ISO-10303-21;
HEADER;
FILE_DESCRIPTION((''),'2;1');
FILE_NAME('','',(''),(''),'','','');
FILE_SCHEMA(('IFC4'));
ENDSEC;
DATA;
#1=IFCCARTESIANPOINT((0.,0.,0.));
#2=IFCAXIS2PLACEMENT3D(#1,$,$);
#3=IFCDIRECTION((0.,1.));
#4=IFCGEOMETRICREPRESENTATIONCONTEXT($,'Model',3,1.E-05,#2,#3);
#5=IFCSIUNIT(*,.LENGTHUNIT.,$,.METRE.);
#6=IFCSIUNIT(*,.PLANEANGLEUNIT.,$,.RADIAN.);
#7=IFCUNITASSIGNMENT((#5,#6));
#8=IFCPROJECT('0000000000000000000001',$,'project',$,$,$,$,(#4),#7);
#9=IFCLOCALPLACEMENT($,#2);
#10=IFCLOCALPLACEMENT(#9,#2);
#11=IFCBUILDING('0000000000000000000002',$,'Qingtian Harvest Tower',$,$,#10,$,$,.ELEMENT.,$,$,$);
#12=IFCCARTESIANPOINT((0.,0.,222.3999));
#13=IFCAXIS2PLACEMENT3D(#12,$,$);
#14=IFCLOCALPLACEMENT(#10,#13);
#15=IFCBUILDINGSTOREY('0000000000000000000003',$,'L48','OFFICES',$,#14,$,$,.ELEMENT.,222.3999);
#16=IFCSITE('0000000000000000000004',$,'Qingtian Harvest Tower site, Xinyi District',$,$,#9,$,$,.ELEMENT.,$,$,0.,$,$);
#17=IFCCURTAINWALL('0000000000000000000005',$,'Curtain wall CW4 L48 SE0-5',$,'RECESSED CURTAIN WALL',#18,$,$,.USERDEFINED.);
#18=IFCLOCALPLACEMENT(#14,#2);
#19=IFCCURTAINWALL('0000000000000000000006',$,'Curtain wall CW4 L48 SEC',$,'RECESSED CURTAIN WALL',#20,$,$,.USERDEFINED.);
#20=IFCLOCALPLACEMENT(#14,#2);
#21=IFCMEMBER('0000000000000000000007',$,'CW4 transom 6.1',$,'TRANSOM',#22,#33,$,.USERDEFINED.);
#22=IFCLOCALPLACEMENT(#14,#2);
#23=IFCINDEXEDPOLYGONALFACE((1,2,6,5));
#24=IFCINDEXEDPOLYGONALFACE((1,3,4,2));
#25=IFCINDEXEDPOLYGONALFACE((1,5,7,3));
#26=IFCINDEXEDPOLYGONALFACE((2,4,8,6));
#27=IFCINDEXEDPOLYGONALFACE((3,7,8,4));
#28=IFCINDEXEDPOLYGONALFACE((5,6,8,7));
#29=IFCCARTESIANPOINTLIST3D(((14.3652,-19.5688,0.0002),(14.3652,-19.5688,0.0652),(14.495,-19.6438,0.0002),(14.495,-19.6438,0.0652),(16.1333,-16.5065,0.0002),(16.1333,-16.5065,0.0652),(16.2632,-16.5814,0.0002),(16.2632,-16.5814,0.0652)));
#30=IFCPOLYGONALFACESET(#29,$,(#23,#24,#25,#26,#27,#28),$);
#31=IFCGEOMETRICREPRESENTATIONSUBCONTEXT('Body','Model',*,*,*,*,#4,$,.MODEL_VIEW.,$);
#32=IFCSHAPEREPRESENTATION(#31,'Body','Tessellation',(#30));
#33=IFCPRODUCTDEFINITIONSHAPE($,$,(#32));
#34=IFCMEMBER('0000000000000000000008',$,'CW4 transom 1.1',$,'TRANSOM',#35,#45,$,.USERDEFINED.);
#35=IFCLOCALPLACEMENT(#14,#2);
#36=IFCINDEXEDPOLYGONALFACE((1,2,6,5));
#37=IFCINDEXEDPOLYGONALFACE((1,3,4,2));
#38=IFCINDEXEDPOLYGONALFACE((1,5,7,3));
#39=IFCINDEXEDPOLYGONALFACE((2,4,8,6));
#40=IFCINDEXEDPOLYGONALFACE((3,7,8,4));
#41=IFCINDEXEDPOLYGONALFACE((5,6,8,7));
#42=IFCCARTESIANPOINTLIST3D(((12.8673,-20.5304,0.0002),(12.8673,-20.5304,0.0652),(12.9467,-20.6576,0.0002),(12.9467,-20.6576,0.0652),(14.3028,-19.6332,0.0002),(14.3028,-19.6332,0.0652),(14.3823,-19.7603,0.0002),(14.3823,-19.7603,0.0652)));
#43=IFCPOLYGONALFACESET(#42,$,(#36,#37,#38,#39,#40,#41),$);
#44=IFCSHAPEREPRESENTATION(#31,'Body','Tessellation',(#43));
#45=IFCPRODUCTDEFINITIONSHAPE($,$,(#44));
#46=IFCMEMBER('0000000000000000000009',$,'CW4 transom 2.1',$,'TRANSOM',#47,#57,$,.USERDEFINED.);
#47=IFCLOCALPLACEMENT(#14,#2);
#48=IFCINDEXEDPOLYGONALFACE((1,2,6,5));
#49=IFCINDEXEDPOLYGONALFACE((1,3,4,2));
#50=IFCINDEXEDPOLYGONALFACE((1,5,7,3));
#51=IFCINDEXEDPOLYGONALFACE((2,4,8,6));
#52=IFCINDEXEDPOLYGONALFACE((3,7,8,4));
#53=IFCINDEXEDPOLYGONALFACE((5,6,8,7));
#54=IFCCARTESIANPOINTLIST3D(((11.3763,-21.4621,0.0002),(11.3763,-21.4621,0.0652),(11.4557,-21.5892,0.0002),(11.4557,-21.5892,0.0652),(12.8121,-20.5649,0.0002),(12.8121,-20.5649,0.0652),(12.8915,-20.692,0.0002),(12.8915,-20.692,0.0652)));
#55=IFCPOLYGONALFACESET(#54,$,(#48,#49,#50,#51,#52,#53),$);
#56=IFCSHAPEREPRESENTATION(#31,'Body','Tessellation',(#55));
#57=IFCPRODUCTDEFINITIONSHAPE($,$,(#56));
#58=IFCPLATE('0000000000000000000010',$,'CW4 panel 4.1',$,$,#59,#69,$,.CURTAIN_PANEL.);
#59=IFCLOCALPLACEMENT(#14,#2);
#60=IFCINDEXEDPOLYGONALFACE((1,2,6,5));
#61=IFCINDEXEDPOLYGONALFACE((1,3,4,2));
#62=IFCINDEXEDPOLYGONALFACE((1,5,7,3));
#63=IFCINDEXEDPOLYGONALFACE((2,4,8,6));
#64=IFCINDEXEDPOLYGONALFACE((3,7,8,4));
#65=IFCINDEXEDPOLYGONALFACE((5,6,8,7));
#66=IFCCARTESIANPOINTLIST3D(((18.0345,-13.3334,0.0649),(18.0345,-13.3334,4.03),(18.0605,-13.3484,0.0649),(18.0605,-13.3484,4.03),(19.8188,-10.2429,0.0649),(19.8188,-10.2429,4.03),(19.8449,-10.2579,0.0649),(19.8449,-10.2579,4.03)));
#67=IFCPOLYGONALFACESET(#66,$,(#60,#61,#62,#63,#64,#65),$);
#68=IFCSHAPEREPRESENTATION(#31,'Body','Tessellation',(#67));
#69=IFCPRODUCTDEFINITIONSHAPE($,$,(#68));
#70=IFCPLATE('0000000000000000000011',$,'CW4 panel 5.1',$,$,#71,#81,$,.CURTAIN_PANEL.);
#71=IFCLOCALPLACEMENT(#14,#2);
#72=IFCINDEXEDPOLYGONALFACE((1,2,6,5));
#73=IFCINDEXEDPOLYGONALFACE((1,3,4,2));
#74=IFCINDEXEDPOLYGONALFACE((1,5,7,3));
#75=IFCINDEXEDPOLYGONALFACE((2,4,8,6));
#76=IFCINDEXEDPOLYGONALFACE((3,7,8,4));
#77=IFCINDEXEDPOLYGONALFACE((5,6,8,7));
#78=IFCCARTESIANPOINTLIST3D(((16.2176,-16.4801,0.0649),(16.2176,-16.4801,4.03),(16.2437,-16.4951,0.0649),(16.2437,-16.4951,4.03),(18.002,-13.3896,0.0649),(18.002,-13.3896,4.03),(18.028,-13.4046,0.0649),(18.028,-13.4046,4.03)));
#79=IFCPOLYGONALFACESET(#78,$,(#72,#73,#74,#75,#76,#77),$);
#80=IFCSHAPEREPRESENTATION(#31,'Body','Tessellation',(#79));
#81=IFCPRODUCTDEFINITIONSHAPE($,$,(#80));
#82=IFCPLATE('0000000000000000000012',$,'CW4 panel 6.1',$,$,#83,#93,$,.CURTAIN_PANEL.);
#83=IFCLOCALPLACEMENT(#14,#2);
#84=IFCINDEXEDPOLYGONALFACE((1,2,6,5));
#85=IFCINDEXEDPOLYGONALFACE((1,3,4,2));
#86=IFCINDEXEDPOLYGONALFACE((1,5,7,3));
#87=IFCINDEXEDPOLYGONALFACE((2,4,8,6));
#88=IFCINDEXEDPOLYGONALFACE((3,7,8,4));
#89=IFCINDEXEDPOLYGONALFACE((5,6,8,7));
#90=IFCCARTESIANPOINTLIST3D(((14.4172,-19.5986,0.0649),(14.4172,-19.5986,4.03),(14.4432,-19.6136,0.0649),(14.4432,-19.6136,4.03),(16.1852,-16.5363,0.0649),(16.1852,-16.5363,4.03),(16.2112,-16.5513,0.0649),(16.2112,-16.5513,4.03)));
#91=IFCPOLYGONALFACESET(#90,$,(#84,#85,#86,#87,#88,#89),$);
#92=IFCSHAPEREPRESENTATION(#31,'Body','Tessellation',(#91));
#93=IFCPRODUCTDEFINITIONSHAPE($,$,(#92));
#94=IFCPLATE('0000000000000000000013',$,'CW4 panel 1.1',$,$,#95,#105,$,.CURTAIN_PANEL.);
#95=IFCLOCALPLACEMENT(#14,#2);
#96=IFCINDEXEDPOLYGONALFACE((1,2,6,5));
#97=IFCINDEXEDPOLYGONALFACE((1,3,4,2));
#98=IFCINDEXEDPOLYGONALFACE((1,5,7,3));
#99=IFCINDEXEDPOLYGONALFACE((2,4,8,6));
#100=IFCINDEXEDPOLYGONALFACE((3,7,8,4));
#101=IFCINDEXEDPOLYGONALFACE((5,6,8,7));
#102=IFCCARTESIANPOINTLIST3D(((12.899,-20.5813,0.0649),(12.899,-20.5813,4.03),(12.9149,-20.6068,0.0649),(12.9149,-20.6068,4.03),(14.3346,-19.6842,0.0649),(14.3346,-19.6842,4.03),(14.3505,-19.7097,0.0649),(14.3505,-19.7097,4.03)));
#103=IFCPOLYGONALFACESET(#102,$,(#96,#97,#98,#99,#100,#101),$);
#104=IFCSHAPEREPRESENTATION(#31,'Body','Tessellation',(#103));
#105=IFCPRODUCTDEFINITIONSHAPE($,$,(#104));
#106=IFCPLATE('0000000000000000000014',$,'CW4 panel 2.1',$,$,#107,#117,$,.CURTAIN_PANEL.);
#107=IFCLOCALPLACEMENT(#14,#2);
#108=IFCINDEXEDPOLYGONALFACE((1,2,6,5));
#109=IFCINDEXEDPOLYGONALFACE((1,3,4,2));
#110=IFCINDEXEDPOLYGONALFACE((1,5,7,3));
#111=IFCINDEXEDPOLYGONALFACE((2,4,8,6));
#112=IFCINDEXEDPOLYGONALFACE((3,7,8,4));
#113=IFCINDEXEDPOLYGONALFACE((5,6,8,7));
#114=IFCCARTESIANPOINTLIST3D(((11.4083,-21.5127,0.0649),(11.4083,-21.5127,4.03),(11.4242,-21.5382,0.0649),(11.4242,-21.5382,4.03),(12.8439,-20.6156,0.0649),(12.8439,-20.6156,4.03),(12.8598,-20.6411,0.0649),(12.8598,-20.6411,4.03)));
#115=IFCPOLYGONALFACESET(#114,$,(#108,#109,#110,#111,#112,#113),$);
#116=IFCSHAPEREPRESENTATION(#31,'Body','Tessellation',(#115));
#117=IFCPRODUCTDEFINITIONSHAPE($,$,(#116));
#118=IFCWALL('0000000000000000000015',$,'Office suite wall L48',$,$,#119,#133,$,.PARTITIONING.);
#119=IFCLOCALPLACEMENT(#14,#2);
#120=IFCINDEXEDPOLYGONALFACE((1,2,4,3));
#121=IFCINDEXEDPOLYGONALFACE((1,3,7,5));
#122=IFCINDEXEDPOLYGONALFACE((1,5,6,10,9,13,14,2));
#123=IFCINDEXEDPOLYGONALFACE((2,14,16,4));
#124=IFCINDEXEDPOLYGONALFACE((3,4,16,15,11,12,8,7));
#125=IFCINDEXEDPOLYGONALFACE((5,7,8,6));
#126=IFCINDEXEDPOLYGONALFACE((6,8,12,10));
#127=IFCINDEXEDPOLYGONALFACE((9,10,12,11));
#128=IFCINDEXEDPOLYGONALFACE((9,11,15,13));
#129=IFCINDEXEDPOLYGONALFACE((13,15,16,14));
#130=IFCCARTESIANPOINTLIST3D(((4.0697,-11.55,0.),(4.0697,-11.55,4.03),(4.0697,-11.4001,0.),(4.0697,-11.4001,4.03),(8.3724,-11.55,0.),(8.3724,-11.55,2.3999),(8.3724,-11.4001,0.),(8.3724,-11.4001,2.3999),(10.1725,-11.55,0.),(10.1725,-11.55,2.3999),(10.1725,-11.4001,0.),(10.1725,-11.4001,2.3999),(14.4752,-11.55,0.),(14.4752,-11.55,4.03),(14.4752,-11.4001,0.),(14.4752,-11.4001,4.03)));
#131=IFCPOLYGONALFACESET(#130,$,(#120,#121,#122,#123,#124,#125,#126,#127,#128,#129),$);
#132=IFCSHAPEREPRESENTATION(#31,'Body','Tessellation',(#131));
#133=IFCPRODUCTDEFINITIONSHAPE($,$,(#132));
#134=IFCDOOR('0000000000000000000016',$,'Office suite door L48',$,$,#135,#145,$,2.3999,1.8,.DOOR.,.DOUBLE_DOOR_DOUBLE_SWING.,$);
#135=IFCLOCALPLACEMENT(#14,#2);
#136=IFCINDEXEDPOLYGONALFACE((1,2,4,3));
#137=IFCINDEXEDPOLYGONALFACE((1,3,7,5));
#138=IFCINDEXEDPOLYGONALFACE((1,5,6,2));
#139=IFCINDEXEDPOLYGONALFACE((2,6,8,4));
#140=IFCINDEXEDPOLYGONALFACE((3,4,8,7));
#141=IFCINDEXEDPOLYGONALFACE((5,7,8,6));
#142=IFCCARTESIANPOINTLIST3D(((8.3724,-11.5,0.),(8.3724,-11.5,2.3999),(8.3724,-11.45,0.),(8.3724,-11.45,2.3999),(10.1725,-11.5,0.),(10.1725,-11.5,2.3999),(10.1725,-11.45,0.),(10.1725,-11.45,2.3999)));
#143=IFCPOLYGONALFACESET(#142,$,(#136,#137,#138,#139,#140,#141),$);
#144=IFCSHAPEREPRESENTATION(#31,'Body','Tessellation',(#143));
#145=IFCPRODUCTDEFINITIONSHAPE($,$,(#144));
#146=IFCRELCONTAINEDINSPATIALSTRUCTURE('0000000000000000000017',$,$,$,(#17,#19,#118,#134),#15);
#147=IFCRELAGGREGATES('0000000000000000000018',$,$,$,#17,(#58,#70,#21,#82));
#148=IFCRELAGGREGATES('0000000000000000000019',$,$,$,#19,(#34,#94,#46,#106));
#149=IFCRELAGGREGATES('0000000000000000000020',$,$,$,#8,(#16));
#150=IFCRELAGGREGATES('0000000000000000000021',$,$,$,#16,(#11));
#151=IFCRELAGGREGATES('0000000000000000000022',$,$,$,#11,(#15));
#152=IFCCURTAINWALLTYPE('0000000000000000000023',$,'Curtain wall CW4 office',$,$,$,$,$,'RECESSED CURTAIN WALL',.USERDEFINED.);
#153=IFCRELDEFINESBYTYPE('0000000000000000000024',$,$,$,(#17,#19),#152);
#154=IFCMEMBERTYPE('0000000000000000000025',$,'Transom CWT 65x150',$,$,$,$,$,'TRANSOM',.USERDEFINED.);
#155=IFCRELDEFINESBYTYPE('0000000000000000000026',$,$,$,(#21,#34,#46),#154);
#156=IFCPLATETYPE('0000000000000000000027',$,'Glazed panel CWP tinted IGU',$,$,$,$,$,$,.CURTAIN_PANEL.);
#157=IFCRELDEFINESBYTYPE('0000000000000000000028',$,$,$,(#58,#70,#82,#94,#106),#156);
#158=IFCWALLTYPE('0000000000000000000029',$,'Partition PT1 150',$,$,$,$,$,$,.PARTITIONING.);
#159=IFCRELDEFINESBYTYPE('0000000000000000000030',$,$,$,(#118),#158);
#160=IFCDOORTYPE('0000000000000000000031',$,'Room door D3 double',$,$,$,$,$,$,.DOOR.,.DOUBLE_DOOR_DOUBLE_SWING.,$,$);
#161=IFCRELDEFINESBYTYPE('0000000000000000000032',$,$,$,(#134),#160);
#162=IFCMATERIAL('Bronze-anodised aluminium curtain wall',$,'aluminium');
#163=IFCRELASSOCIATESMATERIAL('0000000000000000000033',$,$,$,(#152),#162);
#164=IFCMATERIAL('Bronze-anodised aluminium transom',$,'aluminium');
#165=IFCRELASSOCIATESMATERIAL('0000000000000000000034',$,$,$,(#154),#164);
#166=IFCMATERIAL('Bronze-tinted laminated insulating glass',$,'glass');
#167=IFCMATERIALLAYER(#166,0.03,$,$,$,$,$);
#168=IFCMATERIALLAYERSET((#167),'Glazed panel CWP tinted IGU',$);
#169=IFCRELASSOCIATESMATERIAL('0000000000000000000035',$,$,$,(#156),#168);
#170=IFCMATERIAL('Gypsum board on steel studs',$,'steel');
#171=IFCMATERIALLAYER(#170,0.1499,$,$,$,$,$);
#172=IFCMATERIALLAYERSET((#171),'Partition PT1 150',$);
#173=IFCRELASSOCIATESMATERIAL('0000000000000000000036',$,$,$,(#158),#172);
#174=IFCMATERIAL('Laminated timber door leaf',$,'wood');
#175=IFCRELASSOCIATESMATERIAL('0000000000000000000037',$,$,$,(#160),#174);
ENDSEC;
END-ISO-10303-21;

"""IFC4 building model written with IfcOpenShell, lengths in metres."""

from ifc_helpers import new_model, si_unit, direction, frame, frame_2d, origin, origin_2d, place, context, subcontext, project, spatial, rectangle, extrude, material, layer, layer_set, material_profile, profile_set, type_object, element, fill, aggregate, save


model = new_model("IFC4")

# Units and contexts
model_context = context("Model", 3, precision=1e-05, world=origin(), true_north=direction((0.0, 1.0)))
body_context = subcontext(model_context, "Body", "Model", "MODEL_VIEW")
ifc_project = project(units=[si_unit("LENGTHUNIT", "METRE"), si_unit("PLANEANGLEUNIT", "RADIAN")], contexts=[model_context])

# Site, building, storey
site_placement = place(None, origin())
site = spatial("IfcSite", under=ifc_project, at=site_placement, Name="Qingtian Harvest Tower site, Xinyi District", CompositionType="ELEMENT", RefElevation=0.0)
building_placement = place(site_placement, origin())
building = spatial("IfcBuilding", under=site, at=building_placement, Name="Qingtian Harvest Tower", CompositionType="ELEMENT")
storey_placement = place(building_placement, frame((0.0, 0.0, 222.3999)))
storey = spatial("IfcBuildingStorey", under=building, at=storey_placement, Name="L48", Description="OFFICES", CompositionType="ELEMENT", Elevation=222.3999)

# Curtain walls
ifc_material_1 = material(Name="Bronze-anodised aluminium curtain wall", Category="aluminium")
curtain_wall_type = type_object("IfcCurtainWallType", Name="Curtain wall CW4 office", ElementType="RECESSED CURTAIN WALL", PredefinedType="USERDEFINED", material=ifc_material_1)
curtain_wall_1_placement = place(storey_placement, origin())
curtain_wall_1 = element("IfcCurtainWall", 1, at=curtain_wall_1_placement, inside=storey, type_object=curtain_wall_type, Name="Curtain wall CW4 L48 SE0-5", ObjectType="RECESSED CURTAIN WALL", PredefinedType="USERDEFINED")
curtain_wall_2_placement = place(storey_placement, origin())
curtain_wall_2 = element("IfcCurtainWall", 2, at=curtain_wall_2_placement, inside=storey, type_object=curtain_wall_type, Name="Curtain wall CW4 L48 SEC", ObjectType="RECESSED CURTAIN WALL", PredefinedType="USERDEFINED")

# Members
ifc_material_2 = material(Name="Bronze-anodised aluminium transom", Category="aluminium")
ifc_material_profile_1 = material_profile(ifc_material_2, rectangle(XDim=0.1499, YDim=0.0649, at=origin_2d()), Name="AL 65x150")
ifc_profile_set_1 = profile_set([ifc_material_profile_1], Name="Bronze-anodised aluminium transom")
member_type_1 = type_object("IfcMemberType", Name="Transom CWT 65x150", ElementType="TRANSOM", PredefinedType="USERDEFINED", material=ifc_profile_set_1)
member_1_placement = place(storey_placement, frame((16.1982, -16.5439, 0.0327), z_axis=(-0.500015, -0.866017, 0.0), x_axis=(0.866017, -0.500015, 0.0)))
member_1 = element("IfcMember", 3, at=member_1_placement, type_object=member_type_1, Name="CW4 transom 6.1", ObjectType="TRANSOM", PredefinedType="USERDEFINED", context=body_context, shape_type="SweptSolid", body=[
    extrude(rectangle(XDim=0.1499, YDim=0.0649, at=origin_2d()), origin(), (0.0, 0.0, 1.0), 3.5361),
])
member_2_placement = place(storey_placement, frame((14.3425, -19.6968, 0.0327), z_axis=(-0.847998, -0.529999, 0.0), x_axis=(0.529999, -0.847998, 0.0)))
member_2 = element("IfcMember", 4, at=member_2_placement, type_object=member_type_1, Name="CW4 transom 1.1", ObjectType="TRANSOM", PredefinedType="USERDEFINED", context=body_context, shape_type="SweptSolid", body=[
    extrude(rectangle(XDim=0.1499, YDim=0.0649, at=origin_2d()), origin(), (0.0, 0.0, 1.0), 1.6929),
])
member_3_placement = place(storey_placement, frame((12.8518, -20.6284, 0.0327), z_axis=(-0.848039, -0.529934, 0.0), x_axis=(0.529934, -0.848039, 0.0)))
member_3 = element("IfcMember", 5, at=member_3_placement, type_object=member_type_1, Name="CW4 transom 2.1", ObjectType="TRANSOM", PredefinedType="USERDEFINED", context=body_context, shape_type="SweptSolid", body=[
    extrude(rectangle(XDim=0.1499, YDim=0.0649, at=origin_2d()), origin(), (0.0, 0.0, 1.0), 1.6931),
])

# Plates
ifc_material_3 = material(Name="Bronze-tinted laminated insulating glass", Category="glass")
ifc_layer_1 = layer(ifc_material_3, 0.03)
ifc_layer_set_1 = layer_set([ifc_layer_1], Name="Glazed panel CWP tinted IGU")
plate_type = type_object("IfcPlateType", Name="Glazed panel CWP tinted IGU", PredefinedType="CURTAIN_PANEL", material=ifc_layer_set_1)
plate_1_placement = place(storey_placement, frame((18.9397, -11.7957, 0.0649), z_axis=(0.0, 0.0, 1.0), x_axis=(-0.5, -0.866025, 0.0)))
plate_1 = element("IfcPlate", 6, at=plate_1_placement, type_object=plate_type, Name="CW4 panel 4.1", PredefinedType="CURTAIN_PANEL", context=body_context, shape_type="SweptSolid", body=[
    extrude(rectangle(XDim=3.5686, YDim=0.03, at=origin_2d()), origin(), (0.0, 0.0, 1.0), 3.9651),
])
plate_2_placement = place(storey_placement, frame((17.1228, -14.9424, 0.0649), z_axis=(0.0, 0.0, 1.0), x_axis=(-0.5, -0.866025, 0.0)))
plate_2 = element("IfcPlate", 7, at=plate_2_placement, type_object=plate_type, Name="CW4 panel 5.1", PredefinedType="CURTAIN_PANEL", context=body_context, shape_type="SweptSolid", body=[
    extrude(rectangle(XDim=3.5686, YDim=0.03, at=origin_2d()), origin(), (0.0, 0.0, 1.0), 3.9651),
])
plate_3_placement = place(storey_placement, frame((15.3142, -18.075, 0.0649), z_axis=(0.0, 0.0, 1.0), x_axis=(-0.5, -0.866025, 0.0)))
plate_3 = element("IfcPlate", 8, at=plate_3_placement, type_object=plate_type, Name="CW4 panel 6.1", PredefinedType="CURTAIN_PANEL", context=body_context, shape_type="SweptSolid", body=[
    extrude(rectangle(XDim=3.5361, YDim=0.03, at=origin_2d()), origin(), (0.0, 0.0, 1.0), 3.9651),
])
aggregate(curtain_wall_1, [plate_1, plate_2, member_1, plate_3])
plate_4_placement = place(storey_placement, frame((13.6248, -20.1455, 0.0649), z_axis=(0.0, 0.0, 1.0), x_axis=(-0.848048, -0.529919, 0.0)))
plate_4 = element("IfcPlate", 9, at=plate_4_placement, type_object=plate_type, Name="CW4 panel 1.1", PredefinedType="CURTAIN_PANEL", context=body_context, shape_type="SweptSolid", body=[
    extrude(rectangle(XDim=1.6929, YDim=0.03, at=origin_2d()), origin(), (0.0, 0.0, 1.0), 3.9651),
])
plate_5_placement = place(storey_placement, frame((12.134, -21.0769, 0.0649), z_axis=(0.0, 0.0, 1.0), x_axis=(-0.848048, -0.529919, 0.0)))
plate_5 = element("IfcPlate", 10, at=plate_5_placement, type_object=plate_type, Name="CW4 panel 2.1", PredefinedType="CURTAIN_PANEL", context=body_context, shape_type="SweptSolid", body=[
    extrude(rectangle(XDim=1.6929, YDim=0.03, at=origin_2d()), origin(), (0.0, 0.0, 1.0), 3.9651),
])
aggregate(curtain_wall_2, [member_2, plate_4, member_3, plate_5])

# Wall, opening, door
ifc_material_4 = material(Name="Gypsum board on steel studs", Category="steel")
ifc_layer_2 = layer(ifc_material_4, 0.1499)
ifc_layer_set_2 = layer_set([ifc_layer_2], Name="Partition PT1 150")
wall_type = type_object("IfcWallType", Name="Partition PT1 150", PredefinedType="PARTITIONING", material=ifc_layer_set_2)
wall_placement = place(storey_placement, frame((14.4751, -11.4751, 0.0), z_axis=(0.0, 0.0, 1.0), x_axis=(-1.0, 0.0, 0.0)))
wall = element("IfcWall", 11, at=wall_placement, inside=storey, type_object=wall_type, Name="Office suite wall L48", PredefinedType="PARTITIONING", context=body_context, shape_type="SweptSolid", body=[
    extrude(rectangle(XDim=10.4055, YDim=0.1499, at=frame_2d((5.2026, 0.0))), origin(), (0.0, 0.0, 1.0), 4.03),
])
opening_placement = place(wall_placement, frame((4.3027, 0.0, 0.0)))
opening = element("IfcOpeningElement", 12, at=opening_placement, cuts=wall, PredefinedType="OPENING", context=body_context, shape_type="SweptSolid", body=[
    extrude(rectangle(XDim=1.8, YDim=2.3999, at=frame_2d((0.8999, 1.2))), frame((0.0, 0.085, 0.0), z_axis=(0.0, -1.0, 0.0), x_axis=(1.0, 0.0, 0.0)), (0.0, 0.0, 1.0), 0.1699),
])
ifc_material_5 = material(Name="Laminated timber door leaf", Category="wood")
door_type = type_object("IfcDoorType", Name="Room door D3 double", OperationType="DOUBLE_DOOR_DOUBLE_SWING", PredefinedType="DOOR", material=ifc_material_5)
door_placement = place(opening_placement, origin())
door = element("IfcDoor", 13, at=door_placement, inside=storey, type_object=door_type, Name="Office suite door L48", OperationType="DOUBLE_DOOR_DOUBLE_SWING", OverallHeight=2.3999, OverallWidth=1.8, PredefinedType="DOOR", context=body_context, shape_type="SweptSolid", body=[
    extrude(rectangle(XDim=1.8, YDim=2.3999, at=frame_2d((0.8999, 1.2))), frame((0.0, 0.0249, 0.0), z_axis=(0.0, -1.0, 0.0), x_axis=(1.0, 0.0, 0.0)), (0.0, 0.0, 1.0), 0.05),
])
fill(opening, door)

save(model, "model.ifc")
